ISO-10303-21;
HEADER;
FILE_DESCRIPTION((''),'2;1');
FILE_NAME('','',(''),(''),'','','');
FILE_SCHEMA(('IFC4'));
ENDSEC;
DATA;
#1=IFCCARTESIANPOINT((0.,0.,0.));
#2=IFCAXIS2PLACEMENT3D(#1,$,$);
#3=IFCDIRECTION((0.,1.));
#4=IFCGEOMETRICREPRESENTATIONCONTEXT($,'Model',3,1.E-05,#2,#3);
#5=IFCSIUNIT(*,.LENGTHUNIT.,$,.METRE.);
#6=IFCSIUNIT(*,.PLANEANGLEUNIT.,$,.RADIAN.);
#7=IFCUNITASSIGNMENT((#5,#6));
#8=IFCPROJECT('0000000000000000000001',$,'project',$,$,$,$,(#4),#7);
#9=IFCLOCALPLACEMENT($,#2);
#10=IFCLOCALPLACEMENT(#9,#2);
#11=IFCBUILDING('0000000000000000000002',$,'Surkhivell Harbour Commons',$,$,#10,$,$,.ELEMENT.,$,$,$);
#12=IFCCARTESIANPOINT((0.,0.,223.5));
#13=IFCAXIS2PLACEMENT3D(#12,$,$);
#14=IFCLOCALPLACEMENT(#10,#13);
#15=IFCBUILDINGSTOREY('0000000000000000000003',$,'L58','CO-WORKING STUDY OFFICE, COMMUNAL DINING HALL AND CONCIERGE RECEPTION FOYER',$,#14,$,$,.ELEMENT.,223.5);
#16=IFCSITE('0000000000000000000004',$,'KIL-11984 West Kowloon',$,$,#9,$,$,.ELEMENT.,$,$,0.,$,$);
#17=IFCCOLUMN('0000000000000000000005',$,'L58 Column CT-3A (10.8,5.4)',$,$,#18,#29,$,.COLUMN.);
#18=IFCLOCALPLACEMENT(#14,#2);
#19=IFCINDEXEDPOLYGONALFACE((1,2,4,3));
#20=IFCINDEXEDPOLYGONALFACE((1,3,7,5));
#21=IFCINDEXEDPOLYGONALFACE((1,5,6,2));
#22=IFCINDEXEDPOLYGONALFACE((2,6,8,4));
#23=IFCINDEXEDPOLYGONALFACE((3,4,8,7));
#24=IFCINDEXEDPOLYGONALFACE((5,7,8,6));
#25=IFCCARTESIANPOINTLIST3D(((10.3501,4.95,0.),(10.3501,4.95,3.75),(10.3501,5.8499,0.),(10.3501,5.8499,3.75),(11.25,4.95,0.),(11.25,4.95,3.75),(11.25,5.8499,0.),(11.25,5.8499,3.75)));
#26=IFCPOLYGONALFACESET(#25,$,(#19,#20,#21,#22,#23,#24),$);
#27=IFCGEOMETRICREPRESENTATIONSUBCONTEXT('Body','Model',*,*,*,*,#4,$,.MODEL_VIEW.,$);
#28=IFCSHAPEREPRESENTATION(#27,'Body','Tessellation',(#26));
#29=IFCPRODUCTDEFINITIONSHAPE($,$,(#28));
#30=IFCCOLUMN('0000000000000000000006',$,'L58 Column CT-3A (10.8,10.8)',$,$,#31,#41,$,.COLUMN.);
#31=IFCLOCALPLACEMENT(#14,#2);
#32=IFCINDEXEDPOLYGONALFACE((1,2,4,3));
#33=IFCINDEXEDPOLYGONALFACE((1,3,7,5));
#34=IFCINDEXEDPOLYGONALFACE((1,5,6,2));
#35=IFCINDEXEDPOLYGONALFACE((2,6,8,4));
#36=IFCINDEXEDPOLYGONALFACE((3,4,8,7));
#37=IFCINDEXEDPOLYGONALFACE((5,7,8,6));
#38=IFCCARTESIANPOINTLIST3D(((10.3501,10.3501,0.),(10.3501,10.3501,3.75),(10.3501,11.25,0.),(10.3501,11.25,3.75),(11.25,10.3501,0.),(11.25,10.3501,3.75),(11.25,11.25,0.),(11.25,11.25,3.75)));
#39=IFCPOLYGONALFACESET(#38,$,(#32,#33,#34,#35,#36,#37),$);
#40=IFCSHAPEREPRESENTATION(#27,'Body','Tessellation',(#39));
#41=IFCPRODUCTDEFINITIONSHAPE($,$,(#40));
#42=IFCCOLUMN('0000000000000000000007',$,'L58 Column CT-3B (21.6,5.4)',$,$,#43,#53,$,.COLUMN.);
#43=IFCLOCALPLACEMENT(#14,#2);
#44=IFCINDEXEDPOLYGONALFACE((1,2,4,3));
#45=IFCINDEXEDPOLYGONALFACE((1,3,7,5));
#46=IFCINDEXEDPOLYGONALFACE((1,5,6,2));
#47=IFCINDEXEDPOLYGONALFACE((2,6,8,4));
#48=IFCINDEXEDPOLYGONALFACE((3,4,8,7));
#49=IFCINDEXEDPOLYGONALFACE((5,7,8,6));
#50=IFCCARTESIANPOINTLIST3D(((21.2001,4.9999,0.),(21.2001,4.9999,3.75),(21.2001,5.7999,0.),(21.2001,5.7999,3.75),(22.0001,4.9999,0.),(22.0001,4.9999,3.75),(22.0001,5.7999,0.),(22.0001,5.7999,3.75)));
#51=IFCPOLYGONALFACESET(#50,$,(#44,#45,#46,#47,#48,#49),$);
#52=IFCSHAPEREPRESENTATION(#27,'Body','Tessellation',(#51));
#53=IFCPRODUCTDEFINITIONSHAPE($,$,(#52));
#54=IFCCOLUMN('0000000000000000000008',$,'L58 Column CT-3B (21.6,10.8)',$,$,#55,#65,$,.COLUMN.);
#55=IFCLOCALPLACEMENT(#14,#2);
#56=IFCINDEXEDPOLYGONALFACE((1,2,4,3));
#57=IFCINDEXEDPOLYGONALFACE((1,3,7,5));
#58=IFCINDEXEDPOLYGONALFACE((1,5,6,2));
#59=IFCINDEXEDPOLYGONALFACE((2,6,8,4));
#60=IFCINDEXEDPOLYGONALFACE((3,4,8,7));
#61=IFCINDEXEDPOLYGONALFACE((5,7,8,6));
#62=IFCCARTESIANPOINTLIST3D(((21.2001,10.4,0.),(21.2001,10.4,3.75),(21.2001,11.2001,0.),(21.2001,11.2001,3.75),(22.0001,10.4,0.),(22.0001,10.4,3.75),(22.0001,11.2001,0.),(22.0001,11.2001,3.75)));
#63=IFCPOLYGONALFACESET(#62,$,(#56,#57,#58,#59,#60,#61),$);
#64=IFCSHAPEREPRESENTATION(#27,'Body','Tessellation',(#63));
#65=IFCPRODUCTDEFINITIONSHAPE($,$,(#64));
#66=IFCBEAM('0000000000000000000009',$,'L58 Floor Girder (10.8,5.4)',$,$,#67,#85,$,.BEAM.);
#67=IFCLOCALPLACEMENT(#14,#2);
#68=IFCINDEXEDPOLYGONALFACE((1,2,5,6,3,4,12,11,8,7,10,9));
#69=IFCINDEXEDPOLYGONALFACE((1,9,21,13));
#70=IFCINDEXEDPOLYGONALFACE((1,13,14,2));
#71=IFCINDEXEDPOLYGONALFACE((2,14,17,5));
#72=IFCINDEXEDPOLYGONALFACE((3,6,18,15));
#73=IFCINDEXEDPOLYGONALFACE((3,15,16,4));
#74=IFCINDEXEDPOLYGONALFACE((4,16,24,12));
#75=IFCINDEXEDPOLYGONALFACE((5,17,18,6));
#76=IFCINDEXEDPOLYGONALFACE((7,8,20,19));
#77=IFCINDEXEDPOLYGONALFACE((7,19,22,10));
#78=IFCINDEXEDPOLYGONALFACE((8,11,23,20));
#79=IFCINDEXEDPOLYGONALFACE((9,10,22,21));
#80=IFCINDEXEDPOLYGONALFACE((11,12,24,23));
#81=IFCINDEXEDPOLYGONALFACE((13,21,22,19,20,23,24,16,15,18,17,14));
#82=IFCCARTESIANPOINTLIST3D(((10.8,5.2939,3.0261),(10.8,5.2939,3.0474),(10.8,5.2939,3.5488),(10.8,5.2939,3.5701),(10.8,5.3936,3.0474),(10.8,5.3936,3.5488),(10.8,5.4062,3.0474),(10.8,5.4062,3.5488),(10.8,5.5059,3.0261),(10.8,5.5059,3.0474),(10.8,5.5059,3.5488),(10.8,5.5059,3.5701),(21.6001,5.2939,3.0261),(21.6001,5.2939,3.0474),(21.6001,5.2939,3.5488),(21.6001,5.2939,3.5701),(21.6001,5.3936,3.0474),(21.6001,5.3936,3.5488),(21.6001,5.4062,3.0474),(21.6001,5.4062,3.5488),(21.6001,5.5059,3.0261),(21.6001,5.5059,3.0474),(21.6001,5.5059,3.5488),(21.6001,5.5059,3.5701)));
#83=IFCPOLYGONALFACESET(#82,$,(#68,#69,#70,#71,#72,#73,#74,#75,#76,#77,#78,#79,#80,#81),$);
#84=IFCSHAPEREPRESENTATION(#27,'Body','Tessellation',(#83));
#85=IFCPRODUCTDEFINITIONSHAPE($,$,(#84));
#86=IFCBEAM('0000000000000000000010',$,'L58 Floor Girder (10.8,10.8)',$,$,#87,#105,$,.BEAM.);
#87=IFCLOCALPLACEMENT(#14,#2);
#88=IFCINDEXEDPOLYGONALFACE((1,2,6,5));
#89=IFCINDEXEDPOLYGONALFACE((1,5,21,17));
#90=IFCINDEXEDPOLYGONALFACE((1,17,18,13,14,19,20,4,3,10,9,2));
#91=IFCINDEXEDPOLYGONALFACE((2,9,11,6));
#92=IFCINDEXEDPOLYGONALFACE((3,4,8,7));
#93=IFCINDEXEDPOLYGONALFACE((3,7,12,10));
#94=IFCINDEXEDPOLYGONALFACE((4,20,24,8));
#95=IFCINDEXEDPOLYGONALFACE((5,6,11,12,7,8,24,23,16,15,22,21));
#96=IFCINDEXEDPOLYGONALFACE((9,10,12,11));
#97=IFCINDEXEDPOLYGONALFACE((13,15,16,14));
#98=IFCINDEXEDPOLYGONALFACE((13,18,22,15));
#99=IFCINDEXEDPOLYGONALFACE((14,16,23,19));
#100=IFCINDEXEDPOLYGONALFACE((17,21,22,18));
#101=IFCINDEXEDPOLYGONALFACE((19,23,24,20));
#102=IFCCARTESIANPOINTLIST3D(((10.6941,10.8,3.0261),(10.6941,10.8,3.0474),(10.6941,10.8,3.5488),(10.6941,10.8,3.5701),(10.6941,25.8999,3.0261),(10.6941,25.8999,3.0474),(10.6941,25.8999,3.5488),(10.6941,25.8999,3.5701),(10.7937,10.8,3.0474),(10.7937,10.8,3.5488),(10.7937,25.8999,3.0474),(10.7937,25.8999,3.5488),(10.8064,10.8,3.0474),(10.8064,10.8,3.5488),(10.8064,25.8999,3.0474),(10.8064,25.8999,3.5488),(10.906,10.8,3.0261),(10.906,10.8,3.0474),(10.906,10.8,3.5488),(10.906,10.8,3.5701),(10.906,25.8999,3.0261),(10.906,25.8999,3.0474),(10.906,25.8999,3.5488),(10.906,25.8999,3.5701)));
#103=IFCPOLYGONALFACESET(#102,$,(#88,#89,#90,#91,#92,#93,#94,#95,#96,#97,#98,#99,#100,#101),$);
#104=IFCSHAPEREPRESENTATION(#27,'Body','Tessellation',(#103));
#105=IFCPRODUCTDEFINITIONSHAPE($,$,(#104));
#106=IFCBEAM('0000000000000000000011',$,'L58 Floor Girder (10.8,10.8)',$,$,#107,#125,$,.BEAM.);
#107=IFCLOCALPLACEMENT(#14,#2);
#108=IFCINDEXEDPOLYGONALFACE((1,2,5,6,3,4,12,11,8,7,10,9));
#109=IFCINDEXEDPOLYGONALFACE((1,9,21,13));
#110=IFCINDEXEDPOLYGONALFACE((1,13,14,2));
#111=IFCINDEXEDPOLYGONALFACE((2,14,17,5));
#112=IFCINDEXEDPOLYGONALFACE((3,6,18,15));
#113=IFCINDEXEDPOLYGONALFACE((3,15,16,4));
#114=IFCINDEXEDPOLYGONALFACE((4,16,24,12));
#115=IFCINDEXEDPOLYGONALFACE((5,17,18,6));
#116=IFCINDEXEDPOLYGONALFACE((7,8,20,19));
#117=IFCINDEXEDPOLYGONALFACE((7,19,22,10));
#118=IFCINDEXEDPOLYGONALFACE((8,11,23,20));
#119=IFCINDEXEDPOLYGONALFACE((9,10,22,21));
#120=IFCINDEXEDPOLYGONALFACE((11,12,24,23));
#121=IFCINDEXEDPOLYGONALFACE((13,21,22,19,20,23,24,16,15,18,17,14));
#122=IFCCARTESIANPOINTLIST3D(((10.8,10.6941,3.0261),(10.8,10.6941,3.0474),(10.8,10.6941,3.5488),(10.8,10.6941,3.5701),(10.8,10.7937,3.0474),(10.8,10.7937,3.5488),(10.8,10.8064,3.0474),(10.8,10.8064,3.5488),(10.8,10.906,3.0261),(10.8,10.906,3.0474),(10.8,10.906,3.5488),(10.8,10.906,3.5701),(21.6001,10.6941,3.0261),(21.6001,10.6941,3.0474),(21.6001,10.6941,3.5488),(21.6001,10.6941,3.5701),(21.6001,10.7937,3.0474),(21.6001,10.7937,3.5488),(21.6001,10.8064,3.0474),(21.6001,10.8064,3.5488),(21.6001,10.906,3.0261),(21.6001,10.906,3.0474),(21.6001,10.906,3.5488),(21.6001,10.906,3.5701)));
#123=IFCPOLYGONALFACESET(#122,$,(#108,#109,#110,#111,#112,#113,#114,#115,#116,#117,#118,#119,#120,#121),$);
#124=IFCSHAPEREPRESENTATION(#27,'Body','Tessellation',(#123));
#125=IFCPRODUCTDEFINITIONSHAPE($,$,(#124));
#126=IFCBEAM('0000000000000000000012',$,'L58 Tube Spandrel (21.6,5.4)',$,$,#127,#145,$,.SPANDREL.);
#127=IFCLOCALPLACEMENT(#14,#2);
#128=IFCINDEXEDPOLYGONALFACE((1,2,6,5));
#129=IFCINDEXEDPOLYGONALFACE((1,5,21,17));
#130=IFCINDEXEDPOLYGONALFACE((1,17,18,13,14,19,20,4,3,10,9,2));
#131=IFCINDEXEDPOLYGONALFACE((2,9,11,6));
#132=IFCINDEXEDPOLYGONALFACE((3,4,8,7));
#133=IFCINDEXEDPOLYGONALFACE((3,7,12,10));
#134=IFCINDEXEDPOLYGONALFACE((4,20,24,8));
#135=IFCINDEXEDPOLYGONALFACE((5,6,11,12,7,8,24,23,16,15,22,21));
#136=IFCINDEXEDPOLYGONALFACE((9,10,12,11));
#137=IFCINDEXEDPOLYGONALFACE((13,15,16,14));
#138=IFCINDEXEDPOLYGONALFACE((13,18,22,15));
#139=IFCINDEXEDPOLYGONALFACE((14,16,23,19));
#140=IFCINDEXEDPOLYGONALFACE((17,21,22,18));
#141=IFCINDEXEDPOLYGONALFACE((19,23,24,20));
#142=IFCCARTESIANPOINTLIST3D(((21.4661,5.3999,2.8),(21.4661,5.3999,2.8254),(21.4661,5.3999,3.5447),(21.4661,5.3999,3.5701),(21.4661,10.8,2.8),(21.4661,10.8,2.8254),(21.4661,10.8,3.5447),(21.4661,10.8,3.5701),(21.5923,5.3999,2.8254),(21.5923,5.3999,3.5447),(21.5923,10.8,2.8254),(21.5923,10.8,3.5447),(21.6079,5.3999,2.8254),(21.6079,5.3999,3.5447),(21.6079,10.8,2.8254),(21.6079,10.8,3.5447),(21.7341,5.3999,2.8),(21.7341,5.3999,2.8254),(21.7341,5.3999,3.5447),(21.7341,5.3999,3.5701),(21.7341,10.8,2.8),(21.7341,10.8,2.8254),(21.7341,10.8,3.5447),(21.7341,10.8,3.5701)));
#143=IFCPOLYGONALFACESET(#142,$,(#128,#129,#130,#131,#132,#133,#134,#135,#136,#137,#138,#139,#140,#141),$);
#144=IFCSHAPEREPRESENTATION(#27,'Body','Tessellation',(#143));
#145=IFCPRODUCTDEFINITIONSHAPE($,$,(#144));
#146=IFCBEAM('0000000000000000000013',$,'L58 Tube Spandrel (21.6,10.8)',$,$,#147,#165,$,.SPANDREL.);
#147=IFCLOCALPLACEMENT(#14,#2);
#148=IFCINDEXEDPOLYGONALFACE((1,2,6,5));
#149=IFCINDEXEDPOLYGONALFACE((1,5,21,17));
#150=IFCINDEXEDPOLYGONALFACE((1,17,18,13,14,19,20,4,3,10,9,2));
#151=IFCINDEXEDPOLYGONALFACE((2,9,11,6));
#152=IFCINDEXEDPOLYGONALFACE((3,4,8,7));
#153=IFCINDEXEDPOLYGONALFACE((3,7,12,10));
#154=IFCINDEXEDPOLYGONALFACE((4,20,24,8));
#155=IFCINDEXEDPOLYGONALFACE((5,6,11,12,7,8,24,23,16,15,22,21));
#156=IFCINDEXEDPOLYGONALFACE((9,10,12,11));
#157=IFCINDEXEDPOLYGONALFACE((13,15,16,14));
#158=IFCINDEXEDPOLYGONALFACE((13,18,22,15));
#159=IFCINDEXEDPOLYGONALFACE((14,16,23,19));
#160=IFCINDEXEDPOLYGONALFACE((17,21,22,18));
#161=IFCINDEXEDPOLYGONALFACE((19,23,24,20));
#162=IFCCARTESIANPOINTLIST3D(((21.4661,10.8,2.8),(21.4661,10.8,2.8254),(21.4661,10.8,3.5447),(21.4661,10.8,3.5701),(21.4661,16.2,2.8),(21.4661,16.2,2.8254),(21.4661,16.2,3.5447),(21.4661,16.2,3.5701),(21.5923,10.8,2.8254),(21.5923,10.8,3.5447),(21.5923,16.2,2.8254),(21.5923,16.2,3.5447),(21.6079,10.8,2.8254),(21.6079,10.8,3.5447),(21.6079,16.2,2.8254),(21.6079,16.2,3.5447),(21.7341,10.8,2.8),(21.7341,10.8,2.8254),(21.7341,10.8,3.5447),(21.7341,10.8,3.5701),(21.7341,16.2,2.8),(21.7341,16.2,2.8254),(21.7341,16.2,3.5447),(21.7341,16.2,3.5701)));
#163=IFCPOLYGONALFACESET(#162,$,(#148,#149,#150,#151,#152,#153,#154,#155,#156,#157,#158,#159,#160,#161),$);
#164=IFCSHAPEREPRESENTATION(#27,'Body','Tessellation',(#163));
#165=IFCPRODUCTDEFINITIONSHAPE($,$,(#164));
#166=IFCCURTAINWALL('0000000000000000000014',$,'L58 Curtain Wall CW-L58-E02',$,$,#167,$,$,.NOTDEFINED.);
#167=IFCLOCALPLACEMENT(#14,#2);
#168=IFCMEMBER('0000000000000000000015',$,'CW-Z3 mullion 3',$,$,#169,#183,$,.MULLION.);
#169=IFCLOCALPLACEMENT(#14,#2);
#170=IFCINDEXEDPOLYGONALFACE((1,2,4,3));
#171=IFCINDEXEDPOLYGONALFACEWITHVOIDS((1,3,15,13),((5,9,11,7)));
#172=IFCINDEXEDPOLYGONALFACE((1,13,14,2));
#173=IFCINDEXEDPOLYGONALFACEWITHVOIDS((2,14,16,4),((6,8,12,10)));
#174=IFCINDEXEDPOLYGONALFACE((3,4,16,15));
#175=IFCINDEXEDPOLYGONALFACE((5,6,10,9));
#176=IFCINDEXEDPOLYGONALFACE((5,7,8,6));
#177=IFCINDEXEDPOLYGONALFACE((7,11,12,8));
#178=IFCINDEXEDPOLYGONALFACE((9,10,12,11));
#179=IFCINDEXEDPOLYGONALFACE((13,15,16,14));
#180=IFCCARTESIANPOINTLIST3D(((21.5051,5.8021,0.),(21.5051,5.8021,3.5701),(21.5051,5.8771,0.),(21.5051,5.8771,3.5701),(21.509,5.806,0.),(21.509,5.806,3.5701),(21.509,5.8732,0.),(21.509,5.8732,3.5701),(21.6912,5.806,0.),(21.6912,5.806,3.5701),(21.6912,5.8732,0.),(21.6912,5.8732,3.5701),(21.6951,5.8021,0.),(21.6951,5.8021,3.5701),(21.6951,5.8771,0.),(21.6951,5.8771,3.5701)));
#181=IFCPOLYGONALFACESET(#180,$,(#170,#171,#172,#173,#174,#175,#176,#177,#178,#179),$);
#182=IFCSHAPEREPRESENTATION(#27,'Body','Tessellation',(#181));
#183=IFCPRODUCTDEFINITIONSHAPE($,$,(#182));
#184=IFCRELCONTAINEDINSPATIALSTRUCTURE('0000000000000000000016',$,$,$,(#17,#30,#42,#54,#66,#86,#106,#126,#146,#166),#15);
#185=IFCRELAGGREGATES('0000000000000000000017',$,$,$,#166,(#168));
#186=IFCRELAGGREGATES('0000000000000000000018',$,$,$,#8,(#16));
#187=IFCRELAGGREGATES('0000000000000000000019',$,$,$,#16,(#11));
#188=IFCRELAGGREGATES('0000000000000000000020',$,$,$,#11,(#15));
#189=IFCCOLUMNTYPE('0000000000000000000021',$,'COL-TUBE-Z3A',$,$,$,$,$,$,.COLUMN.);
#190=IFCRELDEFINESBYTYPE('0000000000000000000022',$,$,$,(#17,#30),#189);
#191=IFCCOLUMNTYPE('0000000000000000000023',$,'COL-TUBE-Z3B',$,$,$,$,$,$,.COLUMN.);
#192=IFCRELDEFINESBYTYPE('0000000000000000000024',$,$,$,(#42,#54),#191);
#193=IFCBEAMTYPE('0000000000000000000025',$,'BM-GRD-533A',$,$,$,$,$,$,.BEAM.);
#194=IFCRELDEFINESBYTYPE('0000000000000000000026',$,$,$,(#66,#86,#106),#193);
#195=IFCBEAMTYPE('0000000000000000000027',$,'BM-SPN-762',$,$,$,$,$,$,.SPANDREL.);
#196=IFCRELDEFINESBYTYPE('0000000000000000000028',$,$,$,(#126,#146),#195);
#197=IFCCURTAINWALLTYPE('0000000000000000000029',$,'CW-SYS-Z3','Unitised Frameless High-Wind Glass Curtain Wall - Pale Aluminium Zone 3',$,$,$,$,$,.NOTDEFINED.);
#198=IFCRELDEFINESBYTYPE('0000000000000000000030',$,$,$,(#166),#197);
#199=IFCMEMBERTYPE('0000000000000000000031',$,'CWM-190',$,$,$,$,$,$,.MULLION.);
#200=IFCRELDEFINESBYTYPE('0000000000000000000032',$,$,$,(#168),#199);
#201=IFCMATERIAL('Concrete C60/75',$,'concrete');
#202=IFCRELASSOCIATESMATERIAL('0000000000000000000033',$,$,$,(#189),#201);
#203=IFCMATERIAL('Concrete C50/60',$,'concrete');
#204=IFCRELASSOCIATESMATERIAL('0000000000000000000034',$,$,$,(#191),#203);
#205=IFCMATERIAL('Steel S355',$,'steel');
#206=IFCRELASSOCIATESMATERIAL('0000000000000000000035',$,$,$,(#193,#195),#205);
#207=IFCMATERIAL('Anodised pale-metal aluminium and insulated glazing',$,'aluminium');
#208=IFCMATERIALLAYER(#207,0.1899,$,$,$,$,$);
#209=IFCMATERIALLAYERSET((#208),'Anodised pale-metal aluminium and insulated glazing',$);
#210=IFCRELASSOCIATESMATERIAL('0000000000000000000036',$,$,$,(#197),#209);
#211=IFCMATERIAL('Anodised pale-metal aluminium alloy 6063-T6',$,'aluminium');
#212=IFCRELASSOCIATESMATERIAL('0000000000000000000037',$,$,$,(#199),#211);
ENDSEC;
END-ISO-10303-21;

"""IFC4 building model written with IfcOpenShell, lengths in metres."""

from ifc_helpers import new_model, si_unit, direction, frame, origin, origin_2d, place, context, subcontext, project, spatial, rectangle, hollow_rectangle, i_section, extrude, material, layer, layer_set, material_profile, profile_set, type_object, element, aggregate, save


model = new_model("IFC4")

# Units and contexts
model_context = context("Model", 3, precision=1e-05, world=origin(), true_north=direction((0.0, 1.0)))
body_context = subcontext(model_context, "Body", "Model", "MODEL_VIEW")
ifc_project = project(units=[si_unit("LENGTHUNIT", "METRE"), si_unit("PLANEANGLEUNIT", "RADIAN")], contexts=[model_context])

# Site, building, storey
site_placement = place(None, origin())
site = spatial("IfcSite", under=ifc_project, at=site_placement, Name="KIL-11984 West Kowloon", CompositionType="ELEMENT", RefElevation=0.0)
building_placement = place(site_placement, origin())
building = spatial("IfcBuilding", under=site, at=building_placement, Name="Surkhivell Harbour Commons", CompositionType="ELEMENT")
storey_placement = place(building_placement, frame((0.0, 0.0, 223.5)))
storey = spatial("IfcBuildingStorey", under=building, at=storey_placement, Name="L58", Description="CO-WORKING STUDY OFFICE, COMMUNAL DINING HALL AND CONCIERGE RECEPTION FOYER", CompositionType="ELEMENT", Elevation=223.5)

# Columns
ifc_material_1 = material(Name="Concrete C60/75", Category="concrete")
ifc_material_profile_1 = material_profile(ifc_material_1, rectangle(XDim=0.8999, YDim=0.8999, at=origin_2d()), Name="RC-COL-900x900")
ifc_profile_set_1 = profile_set([ifc_material_profile_1], Name="Concrete C60/75")
column_type_1 = type_object("IfcColumnType", Name="COL-TUBE-Z3A", PredefinedType="COLUMN", material=ifc_profile_set_1)
for number, where, z_axis, x_axis, name in (
    (1, (10.8, 5.3999, 0.0), (0.0, 0.0, 1.0), (1.0, 0.0, 0.0), "L58 Column CT-3A (10.8,5.4)"),
    (2, (10.8, 10.8, 0.0), (0.0, 0.0, 1.0), (1.0, 0.0, 0.0), "L58 Column CT-3A (10.8,10.8)"),
):
    element("IfcColumn", number, at=place(storey_placement, frame(where, z_axis=z_axis, x_axis=x_axis)), inside=storey, type_object=column_type_1, Name=name, PredefinedType="COLUMN", context=body_context, shape_type="SweptSolid", body=[
        extrude(rectangle(XDim=0.8999, YDim=0.8999, at=origin_2d()), origin(), (0.0, 0.0, 1.0), 3.75),
    ])
ifc_material_2 = material(Name="Concrete C50/60", Category="concrete")
ifc_material_profile_2 = material_profile(ifc_material_2, rectangle(XDim=0.8, YDim=0.8, at=origin_2d()), Name="RC-COL-800x800")
ifc_profile_set_2 = profile_set([ifc_material_profile_2], Name="Concrete C50/60")
column_type_2 = type_object("IfcColumnType", Name="COL-TUBE-Z3B", PredefinedType="COLUMN", material=ifc_profile_set_2)
for number, where, z_axis, x_axis, name in (
    (3, (21.6001, 5.3999, 0.0), (0.0, 0.0, 1.0), (1.0, 0.0, 0.0), "L58 Column CT-3B (21.6,5.4)"),
    (4, (21.6001, 10.8, 0.0), (0.0, 0.0, 1.0), (1.0, 0.0, 0.0), "L58 Column CT-3B (21.6,10.8)"),
):
    element("IfcColumn", number, at=place(storey_placement, frame(where, z_axis=z_axis, x_axis=x_axis)), inside=storey, type_object=column_type_2, Name=name, PredefinedType="COLUMN", context=body_context, shape_type="SweptSolid", body=[
        extrude(rectangle(XDim=0.8, YDim=0.8, at=origin_2d()), origin(), (0.0, 0.0, 1.0), 3.75),
    ])

# Beams
ifc_material_3 = material(Name="Steel S355", Category="steel")
ifc_material_profile_3 = material_profile(ifc_material_3, i_section(OverallWidth=0.2119, OverallDepth=0.5439, WebThickness=0.0127, FlangeThickness=0.0212, at=origin_2d()), Name="UB533x210x122")
ifc_profile_set_3 = profile_set([ifc_material_profile_3], Name="Steel S355")
beam_type_1 = type_object("IfcBeamType", Name="BM-GRD-533A", PredefinedType="BEAM", material=ifc_profile_set_3)
beam_1_placement = place(storey_placement, frame((10.8, 5.3999, 3.2981), z_axis=(1.0, 0.0, 0.0), x_axis=(0.0, 1.0, 0.0)))
element("IfcBeam", 5, at=beam_1_placement, inside=storey, type_object=beam_type_1, Name="L58 Floor Girder (10.8,5.4)", PredefinedType="BEAM", context=body_context, shape_type="SweptSolid", body=[
    extrude(i_section(OverallWidth=0.2119, OverallDepth=0.5439, WebThickness=0.0127, FlangeThickness=0.0212, at=origin_2d()), origin(), (0.0, 0.0, 1.0), 10.8),
])
beam_2_placement = place(storey_placement, frame((10.8, 10.8, 3.2981), z_axis=(0.0, 1.0, 0.0), x_axis=(-1.0, 0.0, 0.0)))
element("IfcBeam", 6, at=beam_2_placement, inside=storey, type_object=beam_type_1, Name="L58 Floor Girder (10.8,10.8)", PredefinedType="BEAM", context=body_context, shape_type="SweptSolid", body=[
    extrude(i_section(OverallWidth=0.2119, OverallDepth=0.5439, WebThickness=0.0127, FlangeThickness=0.0212, at=origin_2d()), origin(), (0.0, 0.0, 1.0), 15.0999),
])
beam_3_placement = place(storey_placement, frame((10.8, 10.8, 3.2981), z_axis=(1.0, 0.0, 0.0), x_axis=(0.0, 1.0, 0.0)))
element("IfcBeam", 7, at=beam_3_placement, inside=storey, type_object=beam_type_1, Name="L58 Floor Girder (10.8,10.8)", PredefinedType="BEAM", context=body_context, shape_type="SweptSolid", body=[
    extrude(i_section(OverallWidth=0.2119, OverallDepth=0.5439, WebThickness=0.0127, FlangeThickness=0.0212, at=origin_2d()), origin(), (0.0, 0.0, 1.0), 10.8),
])
ifc_material_profile_4 = material_profile(ifc_material_3, i_section(OverallWidth=0.2681, OverallDepth=0.77, WebThickness=0.0156, FlangeThickness=0.0254, at=origin_2d()), Name="UB762x267x197")
ifc_profile_set_4 = profile_set([ifc_material_profile_4], Name="Steel S355")
beam_type_2 = type_object("IfcBeamType", Name="BM-SPN-762", PredefinedType="SPANDREL", material=ifc_profile_set_4)
beam_4_placement = place(storey_placement, frame((21.6001, 5.3999, 3.1851), z_axis=(0.0, 1.0, 0.0), x_axis=(-1.0, 0.0, 0.0)))
element("IfcBeam", 8, at=beam_4_placement, inside=storey, type_object=beam_type_2, Name="L58 Tube Spandrel (21.6,5.4)", PredefinedType="SPANDREL", context=body_context, shape_type="SweptSolid", body=[
    extrude(i_section(OverallWidth=0.2681, OverallDepth=0.77, WebThickness=0.0156, FlangeThickness=0.0254, at=origin_2d()), origin(), (0.0, 0.0, 1.0), 5.4001),
])
beam_5_placement = place(storey_placement, frame((21.6001, 10.8, 3.1851), z_axis=(0.0, 1.0, 0.0), x_axis=(-1.0, 0.0, 0.0)))
element("IfcBeam", 9, at=beam_5_placement, inside=storey, type_object=beam_type_2, Name="L58 Tube Spandrel (21.6,10.8)", PredefinedType="SPANDREL", context=body_context, shape_type="SweptSolid", body=[
    extrude(i_section(OverallWidth=0.2681, OverallDepth=0.77, WebThickness=0.0156, FlangeThickness=0.0254, at=origin_2d()), origin(), (0.0, 0.0, 1.0), 5.3999),
])

# Curtain wall, member
ifc_material_4 = material(Name="Anodised pale-metal aluminium and insulated glazing", Category="aluminium")
ifc_layer_1 = layer(ifc_material_4, 0.1899)
ifc_layer_set_1 = layer_set([ifc_layer_1], Name="Anodised pale-metal aluminium and insulated glazing")
curtain_wall_type = type_object("IfcCurtainWallType", Name="CW-SYS-Z3", Description="Unitised Frameless High-Wind Glass Curtain Wall - Pale Aluminium Zone 3", PredefinedType="NOTDEFINED", material=ifc_layer_set_1)
curtain_wall_placement = place(storey_placement, origin())
curtain_wall = element("IfcCurtainWall", 10, at=curtain_wall_placement, inside=storey, type_object=curtain_wall_type, Name="L58 Curtain Wall CW-L58-E02", PredefinedType="NOTDEFINED")
ifc_material_5 = material(Name="Anodised pale-metal aluminium alloy 6063-T6", Category="aluminium")
ifc_material_profile_5 = material_profile(ifc_material_5, hollow_rectangle(XDim=0.075, YDim=0.1899, WallThickness=0.0039, at=origin_2d()), Name="ALU-MULL-75x190")
ifc_profile_set_5 = profile_set([ifc_material_profile_5], Name="Anodised pale-metal aluminium alloy 6063-T6")
member_type_1 = type_object("IfcMemberType", Name="CWM-190", PredefinedType="MULLION", material=ifc_profile_set_5)
member_1_placement = place(storey_placement, frame((21.6001, 5.8396, 0.0), z_axis=(0.0, 0.0, 1.0), x_axis=(0.0, 1.0, 0.0)))
member_1 = element("IfcMember", 11, at=member_1_placement, type_object=member_type_1, Name="CW-Z3 mullion 3", PredefinedType="MULLION", context=body_context, shape_type="SweptSolid", body=[
    extrude(hollow_rectangle(XDim=0.075, YDim=0.1899, WallThickness=0.0039, at=origin_2d()), origin(), (0.0, 0.0, 1.0), 3.5701),
])
aggregate(curtain_wall, [member_1])

save(model, "model.ifc")
